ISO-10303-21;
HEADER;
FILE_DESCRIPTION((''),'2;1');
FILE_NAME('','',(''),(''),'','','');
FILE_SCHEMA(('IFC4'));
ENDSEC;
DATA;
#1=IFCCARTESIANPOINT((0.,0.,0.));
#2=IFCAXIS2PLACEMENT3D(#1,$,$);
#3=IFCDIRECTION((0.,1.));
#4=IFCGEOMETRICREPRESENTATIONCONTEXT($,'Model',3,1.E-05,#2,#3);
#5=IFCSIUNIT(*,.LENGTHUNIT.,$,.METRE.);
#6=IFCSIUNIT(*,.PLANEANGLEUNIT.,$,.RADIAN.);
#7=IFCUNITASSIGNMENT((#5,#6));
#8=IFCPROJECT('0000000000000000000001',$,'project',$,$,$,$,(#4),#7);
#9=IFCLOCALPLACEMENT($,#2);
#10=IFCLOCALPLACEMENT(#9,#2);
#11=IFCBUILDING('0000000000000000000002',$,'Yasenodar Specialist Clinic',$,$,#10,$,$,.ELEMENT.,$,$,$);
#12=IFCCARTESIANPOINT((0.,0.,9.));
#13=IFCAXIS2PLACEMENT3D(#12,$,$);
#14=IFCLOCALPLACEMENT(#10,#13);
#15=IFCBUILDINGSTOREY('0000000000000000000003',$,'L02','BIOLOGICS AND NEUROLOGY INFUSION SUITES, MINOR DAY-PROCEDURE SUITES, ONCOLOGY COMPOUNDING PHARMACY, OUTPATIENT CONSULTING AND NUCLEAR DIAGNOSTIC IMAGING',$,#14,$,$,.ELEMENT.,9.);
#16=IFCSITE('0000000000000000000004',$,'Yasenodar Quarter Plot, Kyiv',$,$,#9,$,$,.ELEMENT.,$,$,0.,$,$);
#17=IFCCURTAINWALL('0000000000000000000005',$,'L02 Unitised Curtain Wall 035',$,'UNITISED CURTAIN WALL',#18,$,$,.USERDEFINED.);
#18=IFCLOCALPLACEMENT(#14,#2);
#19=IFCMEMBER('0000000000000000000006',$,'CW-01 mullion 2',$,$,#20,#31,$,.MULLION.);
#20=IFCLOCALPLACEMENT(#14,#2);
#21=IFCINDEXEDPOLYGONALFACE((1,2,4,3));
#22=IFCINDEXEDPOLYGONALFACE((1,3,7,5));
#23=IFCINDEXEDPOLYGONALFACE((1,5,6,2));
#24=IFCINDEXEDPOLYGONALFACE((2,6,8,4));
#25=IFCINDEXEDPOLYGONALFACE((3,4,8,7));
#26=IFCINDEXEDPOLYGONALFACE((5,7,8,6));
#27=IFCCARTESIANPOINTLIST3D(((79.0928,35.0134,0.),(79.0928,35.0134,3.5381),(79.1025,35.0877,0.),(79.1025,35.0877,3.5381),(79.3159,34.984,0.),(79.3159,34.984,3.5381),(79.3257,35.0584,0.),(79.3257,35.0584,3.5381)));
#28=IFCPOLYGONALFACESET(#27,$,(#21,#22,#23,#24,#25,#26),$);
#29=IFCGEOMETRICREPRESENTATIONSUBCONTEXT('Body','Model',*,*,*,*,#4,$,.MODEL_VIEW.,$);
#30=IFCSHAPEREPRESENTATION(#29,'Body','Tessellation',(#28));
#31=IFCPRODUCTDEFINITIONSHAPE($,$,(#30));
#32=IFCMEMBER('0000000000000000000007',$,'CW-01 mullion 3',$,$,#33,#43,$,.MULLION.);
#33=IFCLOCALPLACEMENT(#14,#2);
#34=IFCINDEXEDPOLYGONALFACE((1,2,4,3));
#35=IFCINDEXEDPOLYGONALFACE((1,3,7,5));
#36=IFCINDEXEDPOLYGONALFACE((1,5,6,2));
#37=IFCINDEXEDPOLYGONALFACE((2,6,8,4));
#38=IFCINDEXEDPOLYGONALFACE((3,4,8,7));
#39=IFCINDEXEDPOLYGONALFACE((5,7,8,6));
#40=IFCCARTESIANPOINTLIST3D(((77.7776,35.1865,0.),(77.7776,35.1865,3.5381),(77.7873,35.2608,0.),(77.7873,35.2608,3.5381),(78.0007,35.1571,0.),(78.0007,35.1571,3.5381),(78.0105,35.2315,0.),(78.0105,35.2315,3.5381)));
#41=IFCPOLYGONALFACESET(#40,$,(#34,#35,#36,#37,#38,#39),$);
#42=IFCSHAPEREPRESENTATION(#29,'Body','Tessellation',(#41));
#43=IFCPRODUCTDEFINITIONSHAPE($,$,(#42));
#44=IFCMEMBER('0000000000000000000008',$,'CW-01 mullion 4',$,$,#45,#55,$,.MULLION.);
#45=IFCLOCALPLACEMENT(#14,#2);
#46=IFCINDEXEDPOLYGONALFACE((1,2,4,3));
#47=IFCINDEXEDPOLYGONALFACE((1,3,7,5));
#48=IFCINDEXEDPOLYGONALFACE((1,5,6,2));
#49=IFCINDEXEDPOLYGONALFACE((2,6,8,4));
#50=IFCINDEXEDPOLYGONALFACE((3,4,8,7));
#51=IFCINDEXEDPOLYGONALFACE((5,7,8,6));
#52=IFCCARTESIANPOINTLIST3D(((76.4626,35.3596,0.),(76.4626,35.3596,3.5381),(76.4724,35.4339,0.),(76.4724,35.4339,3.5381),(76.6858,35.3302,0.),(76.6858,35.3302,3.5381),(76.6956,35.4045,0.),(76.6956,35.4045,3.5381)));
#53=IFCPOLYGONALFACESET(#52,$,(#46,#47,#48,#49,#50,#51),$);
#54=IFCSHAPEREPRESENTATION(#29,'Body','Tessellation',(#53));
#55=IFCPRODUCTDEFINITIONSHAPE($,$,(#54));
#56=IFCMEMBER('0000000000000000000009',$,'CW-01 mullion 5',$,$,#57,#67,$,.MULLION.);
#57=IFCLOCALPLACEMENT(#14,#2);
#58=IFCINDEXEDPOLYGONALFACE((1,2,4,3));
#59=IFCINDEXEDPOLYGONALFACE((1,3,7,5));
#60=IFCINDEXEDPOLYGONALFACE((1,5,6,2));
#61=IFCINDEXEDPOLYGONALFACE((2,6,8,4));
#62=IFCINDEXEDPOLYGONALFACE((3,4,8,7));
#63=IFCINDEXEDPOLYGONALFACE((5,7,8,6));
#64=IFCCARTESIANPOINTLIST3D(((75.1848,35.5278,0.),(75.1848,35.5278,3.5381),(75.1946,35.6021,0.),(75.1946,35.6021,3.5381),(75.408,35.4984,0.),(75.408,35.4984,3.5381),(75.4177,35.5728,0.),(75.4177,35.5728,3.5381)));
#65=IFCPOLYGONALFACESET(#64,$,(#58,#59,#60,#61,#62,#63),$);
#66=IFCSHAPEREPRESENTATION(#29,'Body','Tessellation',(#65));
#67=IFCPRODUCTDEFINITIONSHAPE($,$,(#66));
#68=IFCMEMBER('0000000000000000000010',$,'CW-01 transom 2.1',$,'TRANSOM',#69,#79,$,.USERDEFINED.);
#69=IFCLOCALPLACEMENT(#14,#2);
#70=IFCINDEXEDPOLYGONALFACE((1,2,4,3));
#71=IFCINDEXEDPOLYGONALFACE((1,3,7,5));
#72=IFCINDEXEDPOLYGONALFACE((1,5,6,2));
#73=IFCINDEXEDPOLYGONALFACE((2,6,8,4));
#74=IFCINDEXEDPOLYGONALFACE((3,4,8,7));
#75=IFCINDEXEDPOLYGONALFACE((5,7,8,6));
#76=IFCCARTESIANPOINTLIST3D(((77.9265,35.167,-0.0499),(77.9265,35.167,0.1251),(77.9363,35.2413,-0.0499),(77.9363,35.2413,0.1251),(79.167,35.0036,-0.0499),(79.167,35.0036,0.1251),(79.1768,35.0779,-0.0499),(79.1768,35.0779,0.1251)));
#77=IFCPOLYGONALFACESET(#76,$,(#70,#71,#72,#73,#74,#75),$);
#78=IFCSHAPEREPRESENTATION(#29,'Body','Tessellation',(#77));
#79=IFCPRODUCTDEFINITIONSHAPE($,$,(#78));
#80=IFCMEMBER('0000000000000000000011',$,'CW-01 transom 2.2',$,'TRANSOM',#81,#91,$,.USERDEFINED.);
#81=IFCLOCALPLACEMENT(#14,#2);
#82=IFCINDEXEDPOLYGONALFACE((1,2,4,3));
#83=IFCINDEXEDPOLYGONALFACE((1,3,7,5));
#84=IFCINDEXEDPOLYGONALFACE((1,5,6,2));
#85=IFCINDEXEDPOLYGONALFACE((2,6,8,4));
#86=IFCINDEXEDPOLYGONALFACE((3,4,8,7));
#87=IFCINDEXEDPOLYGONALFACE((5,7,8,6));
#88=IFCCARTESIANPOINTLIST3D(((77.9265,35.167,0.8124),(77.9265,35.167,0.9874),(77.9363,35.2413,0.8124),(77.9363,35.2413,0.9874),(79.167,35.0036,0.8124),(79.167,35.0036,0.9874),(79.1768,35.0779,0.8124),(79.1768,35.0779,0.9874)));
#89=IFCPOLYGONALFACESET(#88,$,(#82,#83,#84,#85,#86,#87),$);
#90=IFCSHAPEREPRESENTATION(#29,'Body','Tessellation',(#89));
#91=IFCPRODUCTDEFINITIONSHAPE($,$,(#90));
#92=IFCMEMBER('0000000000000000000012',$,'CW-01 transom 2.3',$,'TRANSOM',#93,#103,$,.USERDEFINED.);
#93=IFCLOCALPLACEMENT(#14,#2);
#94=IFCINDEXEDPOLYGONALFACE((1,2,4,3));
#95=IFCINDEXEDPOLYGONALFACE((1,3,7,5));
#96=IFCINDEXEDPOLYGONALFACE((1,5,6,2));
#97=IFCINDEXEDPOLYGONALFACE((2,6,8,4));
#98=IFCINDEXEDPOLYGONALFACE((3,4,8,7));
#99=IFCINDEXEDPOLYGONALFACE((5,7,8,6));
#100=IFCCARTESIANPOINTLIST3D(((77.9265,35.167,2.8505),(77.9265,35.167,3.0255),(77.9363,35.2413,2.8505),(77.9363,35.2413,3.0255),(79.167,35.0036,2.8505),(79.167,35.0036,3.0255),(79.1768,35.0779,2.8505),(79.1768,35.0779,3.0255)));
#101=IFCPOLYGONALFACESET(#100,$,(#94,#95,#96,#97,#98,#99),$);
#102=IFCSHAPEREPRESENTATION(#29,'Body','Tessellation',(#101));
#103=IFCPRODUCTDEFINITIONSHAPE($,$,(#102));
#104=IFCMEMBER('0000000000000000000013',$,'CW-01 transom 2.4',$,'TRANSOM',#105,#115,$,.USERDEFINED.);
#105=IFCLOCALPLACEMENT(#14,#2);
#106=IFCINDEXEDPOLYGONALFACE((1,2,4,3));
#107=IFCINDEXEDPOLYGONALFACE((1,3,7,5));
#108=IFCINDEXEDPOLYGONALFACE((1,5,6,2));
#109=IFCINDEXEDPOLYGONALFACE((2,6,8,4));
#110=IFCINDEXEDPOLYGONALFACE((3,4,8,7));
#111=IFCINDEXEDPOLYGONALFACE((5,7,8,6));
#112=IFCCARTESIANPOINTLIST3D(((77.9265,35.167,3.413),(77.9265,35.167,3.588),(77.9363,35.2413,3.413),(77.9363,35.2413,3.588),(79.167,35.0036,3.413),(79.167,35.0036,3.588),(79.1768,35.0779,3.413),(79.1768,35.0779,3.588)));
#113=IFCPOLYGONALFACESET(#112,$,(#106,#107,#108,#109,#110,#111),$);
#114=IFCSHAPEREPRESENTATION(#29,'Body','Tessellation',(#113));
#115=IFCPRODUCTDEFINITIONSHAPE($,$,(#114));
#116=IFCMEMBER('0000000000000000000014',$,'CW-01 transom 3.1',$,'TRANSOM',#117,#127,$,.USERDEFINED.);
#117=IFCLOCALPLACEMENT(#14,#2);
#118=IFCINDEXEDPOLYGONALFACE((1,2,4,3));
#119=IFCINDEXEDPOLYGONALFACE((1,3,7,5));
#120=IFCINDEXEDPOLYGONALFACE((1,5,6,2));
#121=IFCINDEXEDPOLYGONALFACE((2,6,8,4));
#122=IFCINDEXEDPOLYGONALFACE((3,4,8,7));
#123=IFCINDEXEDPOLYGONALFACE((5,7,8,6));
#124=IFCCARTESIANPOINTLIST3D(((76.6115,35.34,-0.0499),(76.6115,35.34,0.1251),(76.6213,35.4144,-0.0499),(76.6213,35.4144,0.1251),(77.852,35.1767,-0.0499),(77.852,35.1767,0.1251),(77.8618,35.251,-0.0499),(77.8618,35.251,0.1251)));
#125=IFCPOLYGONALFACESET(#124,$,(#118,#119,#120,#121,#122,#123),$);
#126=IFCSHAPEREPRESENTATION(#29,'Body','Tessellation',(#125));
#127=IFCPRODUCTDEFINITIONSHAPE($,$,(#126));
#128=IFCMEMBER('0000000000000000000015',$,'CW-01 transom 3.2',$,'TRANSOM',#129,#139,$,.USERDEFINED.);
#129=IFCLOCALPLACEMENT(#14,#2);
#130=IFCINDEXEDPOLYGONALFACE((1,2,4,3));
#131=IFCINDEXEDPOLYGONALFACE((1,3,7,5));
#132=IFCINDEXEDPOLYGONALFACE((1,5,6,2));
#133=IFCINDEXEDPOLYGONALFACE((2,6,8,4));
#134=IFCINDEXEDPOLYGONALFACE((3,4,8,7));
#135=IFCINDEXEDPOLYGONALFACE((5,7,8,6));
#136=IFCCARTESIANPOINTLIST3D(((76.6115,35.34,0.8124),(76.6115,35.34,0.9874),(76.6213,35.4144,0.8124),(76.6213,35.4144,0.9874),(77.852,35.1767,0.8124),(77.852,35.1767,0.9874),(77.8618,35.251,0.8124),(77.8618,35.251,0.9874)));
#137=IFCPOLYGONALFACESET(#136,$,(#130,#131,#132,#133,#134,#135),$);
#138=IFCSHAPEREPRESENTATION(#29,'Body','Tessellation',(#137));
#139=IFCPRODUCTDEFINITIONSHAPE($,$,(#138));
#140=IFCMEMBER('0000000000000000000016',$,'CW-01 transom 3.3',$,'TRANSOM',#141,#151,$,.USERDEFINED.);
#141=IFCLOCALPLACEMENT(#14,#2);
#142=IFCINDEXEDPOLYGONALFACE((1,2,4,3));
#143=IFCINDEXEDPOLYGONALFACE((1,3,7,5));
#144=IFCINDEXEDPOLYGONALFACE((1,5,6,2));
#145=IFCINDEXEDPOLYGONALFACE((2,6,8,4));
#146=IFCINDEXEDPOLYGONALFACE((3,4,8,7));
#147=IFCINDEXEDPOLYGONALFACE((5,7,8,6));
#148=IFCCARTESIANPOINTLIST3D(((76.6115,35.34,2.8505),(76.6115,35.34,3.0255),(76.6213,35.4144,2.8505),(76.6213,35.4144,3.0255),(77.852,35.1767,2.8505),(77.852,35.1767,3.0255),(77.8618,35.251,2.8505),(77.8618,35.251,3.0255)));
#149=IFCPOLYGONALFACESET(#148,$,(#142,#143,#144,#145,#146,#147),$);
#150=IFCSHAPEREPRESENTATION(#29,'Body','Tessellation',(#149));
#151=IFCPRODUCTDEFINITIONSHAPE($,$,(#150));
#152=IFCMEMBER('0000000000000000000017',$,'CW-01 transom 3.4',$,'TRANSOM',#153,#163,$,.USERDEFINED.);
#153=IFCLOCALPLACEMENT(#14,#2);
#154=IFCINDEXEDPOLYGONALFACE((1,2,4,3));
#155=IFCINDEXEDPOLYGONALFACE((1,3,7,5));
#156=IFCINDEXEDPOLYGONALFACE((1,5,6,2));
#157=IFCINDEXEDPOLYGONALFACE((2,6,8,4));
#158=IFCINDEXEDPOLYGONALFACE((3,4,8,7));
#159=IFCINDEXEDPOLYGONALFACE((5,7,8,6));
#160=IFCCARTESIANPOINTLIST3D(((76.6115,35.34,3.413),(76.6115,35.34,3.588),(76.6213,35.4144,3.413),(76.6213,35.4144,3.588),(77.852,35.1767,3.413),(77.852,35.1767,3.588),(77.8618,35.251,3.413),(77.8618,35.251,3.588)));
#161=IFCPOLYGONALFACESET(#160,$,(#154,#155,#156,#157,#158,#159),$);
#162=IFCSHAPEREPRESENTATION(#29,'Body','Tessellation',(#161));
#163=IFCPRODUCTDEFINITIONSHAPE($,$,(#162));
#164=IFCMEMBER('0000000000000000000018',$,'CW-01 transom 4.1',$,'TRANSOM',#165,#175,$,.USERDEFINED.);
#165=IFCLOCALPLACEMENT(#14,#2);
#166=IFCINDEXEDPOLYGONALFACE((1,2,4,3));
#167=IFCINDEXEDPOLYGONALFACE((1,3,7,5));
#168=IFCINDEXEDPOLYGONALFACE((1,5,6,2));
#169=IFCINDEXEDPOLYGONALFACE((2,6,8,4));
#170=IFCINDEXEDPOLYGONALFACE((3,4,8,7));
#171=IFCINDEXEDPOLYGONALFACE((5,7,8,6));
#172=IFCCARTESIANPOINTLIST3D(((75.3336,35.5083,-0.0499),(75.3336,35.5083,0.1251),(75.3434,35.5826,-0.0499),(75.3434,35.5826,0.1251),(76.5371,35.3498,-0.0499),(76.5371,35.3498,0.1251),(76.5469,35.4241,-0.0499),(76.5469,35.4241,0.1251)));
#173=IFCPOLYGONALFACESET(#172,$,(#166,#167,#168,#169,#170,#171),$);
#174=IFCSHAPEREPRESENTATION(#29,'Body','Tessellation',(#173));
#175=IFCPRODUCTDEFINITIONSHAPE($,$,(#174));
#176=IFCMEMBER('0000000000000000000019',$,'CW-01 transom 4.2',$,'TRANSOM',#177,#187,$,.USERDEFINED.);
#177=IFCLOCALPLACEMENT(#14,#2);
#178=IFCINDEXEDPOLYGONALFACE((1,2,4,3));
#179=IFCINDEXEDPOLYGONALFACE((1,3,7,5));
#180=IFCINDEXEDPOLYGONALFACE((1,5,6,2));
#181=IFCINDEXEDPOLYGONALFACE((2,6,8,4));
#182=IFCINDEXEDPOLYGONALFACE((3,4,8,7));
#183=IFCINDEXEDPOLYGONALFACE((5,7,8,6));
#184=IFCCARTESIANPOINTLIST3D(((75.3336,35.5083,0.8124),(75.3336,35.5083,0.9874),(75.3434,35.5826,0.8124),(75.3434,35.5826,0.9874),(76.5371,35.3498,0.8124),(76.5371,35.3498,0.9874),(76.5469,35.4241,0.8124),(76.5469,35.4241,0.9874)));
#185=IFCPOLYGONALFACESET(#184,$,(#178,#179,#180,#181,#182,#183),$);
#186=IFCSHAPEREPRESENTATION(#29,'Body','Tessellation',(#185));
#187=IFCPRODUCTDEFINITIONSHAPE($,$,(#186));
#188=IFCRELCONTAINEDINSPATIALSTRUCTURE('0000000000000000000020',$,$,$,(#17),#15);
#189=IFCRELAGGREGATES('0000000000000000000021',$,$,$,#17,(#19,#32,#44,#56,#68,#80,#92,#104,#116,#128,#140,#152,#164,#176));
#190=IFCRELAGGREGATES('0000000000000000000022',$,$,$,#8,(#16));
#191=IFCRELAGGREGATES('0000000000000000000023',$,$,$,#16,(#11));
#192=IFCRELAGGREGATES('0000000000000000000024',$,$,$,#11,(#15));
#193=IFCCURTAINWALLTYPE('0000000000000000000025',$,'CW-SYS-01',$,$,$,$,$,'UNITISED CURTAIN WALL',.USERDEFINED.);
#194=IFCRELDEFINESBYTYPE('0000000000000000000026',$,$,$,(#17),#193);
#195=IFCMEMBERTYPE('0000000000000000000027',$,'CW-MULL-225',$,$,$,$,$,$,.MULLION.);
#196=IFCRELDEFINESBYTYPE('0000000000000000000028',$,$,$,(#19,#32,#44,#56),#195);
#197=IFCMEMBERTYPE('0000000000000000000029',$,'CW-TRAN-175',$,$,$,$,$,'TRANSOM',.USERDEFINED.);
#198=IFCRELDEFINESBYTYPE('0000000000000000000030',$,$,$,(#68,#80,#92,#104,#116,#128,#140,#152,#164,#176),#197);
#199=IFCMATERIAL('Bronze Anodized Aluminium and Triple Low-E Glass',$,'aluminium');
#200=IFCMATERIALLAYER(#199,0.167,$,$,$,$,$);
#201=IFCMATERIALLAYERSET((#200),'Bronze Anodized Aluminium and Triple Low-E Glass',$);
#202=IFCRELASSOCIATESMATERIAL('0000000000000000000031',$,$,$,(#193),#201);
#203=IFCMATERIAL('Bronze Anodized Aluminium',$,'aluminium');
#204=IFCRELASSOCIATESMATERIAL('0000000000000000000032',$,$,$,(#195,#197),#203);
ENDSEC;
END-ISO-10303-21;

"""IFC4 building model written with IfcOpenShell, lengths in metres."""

from ifc_helpers import new_model, si_unit, direction, frame, origin, origin_2d, place, context, subcontext, project, spatial, rectangle, extrude, material, layer, layer_set, material_profile, profile_set, type_object, element, aggregate, save


model = new_model("IFC4")

# Units and contexts
model_context = context("Model", 3, precision=1e-05, world=origin(), true_north=direction((0.0, 1.0)))
body_context = subcontext(model_context, "Body", "Model", "MODEL_VIEW")
ifc_project = project(units=[si_unit("LENGTHUNIT", "METRE"), si_unit("PLANEANGLEUNIT", "RADIAN")], contexts=[model_context])

# Site, building, storey
site_placement = place(None, origin())
site = spatial("IfcSite", under=ifc_project, at=site_placement, Name="Yasenodar Quarter Plot, Kyiv", CompositionType="ELEMENT", RefElevation=0.0)
building_placement = place(site_placement, origin())
building = spatial("IfcBuilding", under=site, at=building_placement, Name="Yasenodar Specialist Clinic", CompositionType="ELEMENT")
storey_placement = place(building_placement, frame((0.0, 0.0, 9.0)))
storey = spatial("IfcBuildingStorey", under=building, at=storey_placement, Name="L02", Description="BIOLOGICS AND NEUROLOGY INFUSION SUITES, MINOR DAY-PROCEDURE SUITES, ONCOLOGY COMPOUNDING PHARMACY, OUTPATIENT CONSULTING AND NUCLEAR DIAGNOSTIC IMAGING", CompositionType="ELEMENT", Elevation=9.0)

# Curtain wall, members
ifc_material_1 = material(Name="Bronze Anodized Aluminium and Triple Low-E Glass", Category="aluminium")
ifc_layer_1 = layer(ifc_material_1, 0.167)
ifc_layer_set_1 = layer_set([ifc_layer_1], Name="Bronze Anodized Aluminium and Triple Low-E Glass")
curtain_wall_type = type_object("IfcCurtainWallType", Name="CW-SYS-01", ElementType="UNITISED CURTAIN WALL", PredefinedType="USERDEFINED", material=ifc_layer_set_1)
curtain_wall_placement = place(storey_placement, origin())
curtain_wall = element("IfcCurtainWall", 1, at=curtain_wall_placement, inside=storey, type_object=curtain_wall_type, Name="L02 Unitised Curtain Wall 035", ObjectType="UNITISED CURTAIN WALL", PredefinedType="USERDEFINED")
ifc_material_2 = material(Name="Bronze Anodized Aluminium", Category="aluminium")
ifc_material_profile_1 = material_profile(ifc_material_2, rectangle(XDim=0.075, YDim=0.2251, at=origin_2d()), Name="CW-MULL 75x225")
ifc_profile_set_1 = profile_set([ifc_material_profile_1], Name="Bronze Anodized Aluminium")
member_type_1 = type_object("IfcMemberType", Name="CW-MULL-225", PredefinedType="MULLION", material=ifc_profile_set_1)
member_1_placement = place(storey_placement, frame((79.2092, 35.0359, 0.0), z_axis=(0.0, 0.0, 1.0), x_axis=(-0.130512, -0.991447, 0.0)))
member_1 = element("IfcMember", 2, at=member_1_placement, type_object=member_type_1, Name="CW-01 mullion 2", PredefinedType="MULLION", context=body_context, shape_type="SweptSolid", body=[
    extrude(rectangle(XDim=0.075, YDim=0.2251, at=origin_2d()), origin(), (0.0, 0.0, 1.0), 3.5381),
])
member_2_placement = place(storey_placement, frame((77.894, 35.209, 0.0), z_axis=(0.0, 0.0, 1.0), x_axis=(-0.130512, -0.991447, 0.0)))
member_2 = element("IfcMember", 3, at=member_2_placement, type_object=member_type_1, Name="CW-01 mullion 3", PredefinedType="MULLION", context=body_context, shape_type="SweptSolid", body=[
    extrude(rectangle(XDim=0.075, YDim=0.2251, at=origin_2d()), origin(), (0.0, 0.0, 1.0), 3.5381),
])
member_3_placement = place(storey_placement, frame((76.5791, 35.3821, 0.0), z_axis=(0.0, 0.0, 1.0), x_axis=(-0.130512, -0.991447, 0.0)))
member_3 = element("IfcMember", 4, at=member_3_placement, type_object=member_type_1, Name="CW-01 mullion 4", PredefinedType="MULLION", context=body_context, shape_type="SweptSolid", body=[
    extrude(rectangle(XDim=0.075, YDim=0.2251, at=origin_2d()), origin(), (0.0, 0.0, 1.0), 3.5381),
])
member_4_placement = place(storey_placement, frame((75.3013, 35.5503, 0.0), z_axis=(0.0, 0.0, 1.0), x_axis=(-0.130512, -0.991447, 0.0)))
member_4 = element("IfcMember", 5, at=member_4_placement, type_object=member_type_1, Name="CW-01 mullion 5", PredefinedType="MULLION", context=body_context, shape_type="SweptSolid", body=[
    extrude(rectangle(XDim=0.075, YDim=0.2251, at=origin_2d()), origin(), (0.0, 0.0, 1.0), 3.5381),
])
ifc_material_profile_2 = material_profile(ifc_material_2, rectangle(XDim=0.075, YDim=0.175, at=origin_2d()), Name="CW-TRAN 75x175")
ifc_profile_set_2 = profile_set([ifc_material_profile_2], Name="Bronze Anodized Aluminium")
member_type_2 = type_object("IfcMemberType", Name="CW-TRAN-175", ElementType="TRANSOM", PredefinedType="USERDEFINED", material=ifc_profile_set_2)
member_5_placement = place(storey_placement, frame((79.1719, 35.0408, 0.0376), z_axis=(-0.991443, 0.13054, 0.0), x_axis=(-0.13054, -0.991443, 0.0)))
member_5 = element("IfcMember", 6, at=member_5_placement, type_object=member_type_2, Name="CW-01 transom 2.1", ObjectType="TRANSOM", PredefinedType="USERDEFINED", context=body_context, shape_type="SweptSolid", body=[
    extrude(rectangle(XDim=0.075, YDim=0.175, at=origin_2d()), origin(), (0.0, 0.0, 1.0), 1.2512),
])
member_6_placement = place(storey_placement, frame((79.1719, 35.0408, 0.8999), z_axis=(-0.991443, 0.13054, 0.0), x_axis=(-0.13054, -0.991443, 0.0)))
member_6 = element("IfcMember", 7, at=member_6_placement, type_object=member_type_2, Name="CW-01 transom 2.2", ObjectType="TRANSOM", PredefinedType="USERDEFINED", context=body_context, shape_type="SweptSolid", body=[
    extrude(rectangle(XDim=0.075, YDim=0.175, at=origin_2d()), origin(), (0.0, 0.0, 1.0), 1.2512),
])
member_7_placement = place(storey_placement, frame((79.1719, 35.0408, 2.938), z_axis=(-0.991443, 0.13054, 0.0), x_axis=(-0.13054, -0.991443, 0.0)))
member_7 = element("IfcMember", 8, at=member_7_placement, type_object=member_type_2, Name="CW-01 transom 2.3", ObjectType="TRANSOM", PredefinedType="USERDEFINED", context=body_context, shape_type="SweptSolid", body=[
    extrude(rectangle(XDim=0.075, YDim=0.175, at=origin_2d()), origin(), (0.0, 0.0, 1.0), 1.2512),
])
member_8_placement = place(storey_placement, frame((79.1719, 35.0408, 3.5005), z_axis=(-0.991443, 0.13054, 0.0), x_axis=(-0.13054, -0.991443, 0.0)))
member_8 = element("IfcMember", 9, at=member_8_placement, type_object=member_type_2, Name="CW-01 transom 2.4", ObjectType="TRANSOM", PredefinedType="USERDEFINED", context=body_context, shape_type="SweptSolid", body=[
    extrude(rectangle(XDim=0.075, YDim=0.175, at=origin_2d()), origin(), (0.0, 0.0, 1.0), 1.2512),
])
member_9_placement = place(storey_placement, frame((77.8569, 35.2139, 0.0376), z_axis=(-0.991443, 0.13054, 0.0), x_axis=(-0.13054, -0.991443, 0.0)))
member_9 = element("IfcMember", 10, at=member_9_placement, type_object=member_type_2, Name="CW-01 transom 3.1", ObjectType="TRANSOM", PredefinedType="USERDEFINED", context=body_context, shape_type="SweptSolid", body=[
    extrude(rectangle(XDim=0.075, YDim=0.175, at=origin_2d()), origin(), (0.0, 0.0, 1.0), 1.2512),
])
member_10_placement = place(storey_placement, frame((77.8569, 35.2139, 0.8999), z_axis=(-0.991443, 0.13054, 0.0), x_axis=(-0.13054, -0.991443, 0.0)))
member_10 = element("IfcMember", 11, at=member_10_placement, type_object=member_type_2, Name="CW-01 transom 3.2", ObjectType="TRANSOM", PredefinedType="USERDEFINED", context=body_context, shape_type="SweptSolid", body=[
    extrude(rectangle(XDim=0.075, YDim=0.175, at=origin_2d()), origin(), (0.0, 0.0, 1.0), 1.2512),
])
member_11_placement = place(storey_placement, frame((77.8569, 35.2139, 2.938), z_axis=(-0.991443, 0.13054, 0.0), x_axis=(-0.13054, -0.991443, 0.0)))
member_11 = element("IfcMember", 12, at=member_11_placement, type_object=member_type_2, Name="CW-01 transom 3.3", ObjectType="TRANSOM", PredefinedType="USERDEFINED", context=body_context, shape_type="SweptSolid", body=[
    extrude(rectangle(XDim=0.075, YDim=0.175, at=origin_2d()), origin(), (0.0, 0.0, 1.0), 1.2512),
])
member_12_placement = place(storey_placement, frame((77.8569, 35.2139, 3.5005), z_axis=(-0.991443, 0.13054, 0.0), x_axis=(-0.13054, -0.991443, 0.0)))
member_12 = element("IfcMember", 13, at=member_12_placement, type_object=member_type_2, Name="CW-01 transom 3.4", ObjectType="TRANSOM", PredefinedType="USERDEFINED", context=body_context, shape_type="SweptSolid", body=[
    extrude(rectangle(XDim=0.075, YDim=0.175, at=origin_2d()), origin(), (0.0, 0.0, 1.0), 1.2512),
])
member_13_placement = place(storey_placement, frame((76.542, 35.387, 0.0376), z_axis=(-0.991443, 0.130543, 0.0), x_axis=(-0.130543, -0.991443, 0.0)))
member_13 = element("IfcMember", 14, at=member_13_placement, type_object=member_type_2, Name="CW-01 transom 4.1", ObjectType="TRANSOM", PredefinedType="USERDEFINED", context=body_context, shape_type="SweptSolid", body=[
    extrude(rectangle(XDim=0.075, YDim=0.175, at=origin_2d()), origin(), (0.0, 0.0, 1.0), 1.2139),
])
member_14_placement = place(storey_placement, frame((76.542, 35.387, 0.8999), z_axis=(-0.991443, 0.130543, 0.0), x_axis=(-0.130543, -0.991443, 0.0)))
member_14 = element("IfcMember", 15, at=member_14_placement, type_object=member_type_2, Name="CW-01 transom 4.2", ObjectType="TRANSOM", PredefinedType="USERDEFINED", context=body_context, shape_type="SweptSolid", body=[
    extrude(rectangle(XDim=0.075, YDim=0.175, at=origin_2d()), origin(), (0.0, 0.0, 1.0), 1.2139),
])
aggregate(curtain_wall, [member_1, member_2, member_3, member_4, member_5, member_6, member_7, member_8, member_9, member_10, member_11, member_12, member_13, member_14])

save(model, "model.ifc")
